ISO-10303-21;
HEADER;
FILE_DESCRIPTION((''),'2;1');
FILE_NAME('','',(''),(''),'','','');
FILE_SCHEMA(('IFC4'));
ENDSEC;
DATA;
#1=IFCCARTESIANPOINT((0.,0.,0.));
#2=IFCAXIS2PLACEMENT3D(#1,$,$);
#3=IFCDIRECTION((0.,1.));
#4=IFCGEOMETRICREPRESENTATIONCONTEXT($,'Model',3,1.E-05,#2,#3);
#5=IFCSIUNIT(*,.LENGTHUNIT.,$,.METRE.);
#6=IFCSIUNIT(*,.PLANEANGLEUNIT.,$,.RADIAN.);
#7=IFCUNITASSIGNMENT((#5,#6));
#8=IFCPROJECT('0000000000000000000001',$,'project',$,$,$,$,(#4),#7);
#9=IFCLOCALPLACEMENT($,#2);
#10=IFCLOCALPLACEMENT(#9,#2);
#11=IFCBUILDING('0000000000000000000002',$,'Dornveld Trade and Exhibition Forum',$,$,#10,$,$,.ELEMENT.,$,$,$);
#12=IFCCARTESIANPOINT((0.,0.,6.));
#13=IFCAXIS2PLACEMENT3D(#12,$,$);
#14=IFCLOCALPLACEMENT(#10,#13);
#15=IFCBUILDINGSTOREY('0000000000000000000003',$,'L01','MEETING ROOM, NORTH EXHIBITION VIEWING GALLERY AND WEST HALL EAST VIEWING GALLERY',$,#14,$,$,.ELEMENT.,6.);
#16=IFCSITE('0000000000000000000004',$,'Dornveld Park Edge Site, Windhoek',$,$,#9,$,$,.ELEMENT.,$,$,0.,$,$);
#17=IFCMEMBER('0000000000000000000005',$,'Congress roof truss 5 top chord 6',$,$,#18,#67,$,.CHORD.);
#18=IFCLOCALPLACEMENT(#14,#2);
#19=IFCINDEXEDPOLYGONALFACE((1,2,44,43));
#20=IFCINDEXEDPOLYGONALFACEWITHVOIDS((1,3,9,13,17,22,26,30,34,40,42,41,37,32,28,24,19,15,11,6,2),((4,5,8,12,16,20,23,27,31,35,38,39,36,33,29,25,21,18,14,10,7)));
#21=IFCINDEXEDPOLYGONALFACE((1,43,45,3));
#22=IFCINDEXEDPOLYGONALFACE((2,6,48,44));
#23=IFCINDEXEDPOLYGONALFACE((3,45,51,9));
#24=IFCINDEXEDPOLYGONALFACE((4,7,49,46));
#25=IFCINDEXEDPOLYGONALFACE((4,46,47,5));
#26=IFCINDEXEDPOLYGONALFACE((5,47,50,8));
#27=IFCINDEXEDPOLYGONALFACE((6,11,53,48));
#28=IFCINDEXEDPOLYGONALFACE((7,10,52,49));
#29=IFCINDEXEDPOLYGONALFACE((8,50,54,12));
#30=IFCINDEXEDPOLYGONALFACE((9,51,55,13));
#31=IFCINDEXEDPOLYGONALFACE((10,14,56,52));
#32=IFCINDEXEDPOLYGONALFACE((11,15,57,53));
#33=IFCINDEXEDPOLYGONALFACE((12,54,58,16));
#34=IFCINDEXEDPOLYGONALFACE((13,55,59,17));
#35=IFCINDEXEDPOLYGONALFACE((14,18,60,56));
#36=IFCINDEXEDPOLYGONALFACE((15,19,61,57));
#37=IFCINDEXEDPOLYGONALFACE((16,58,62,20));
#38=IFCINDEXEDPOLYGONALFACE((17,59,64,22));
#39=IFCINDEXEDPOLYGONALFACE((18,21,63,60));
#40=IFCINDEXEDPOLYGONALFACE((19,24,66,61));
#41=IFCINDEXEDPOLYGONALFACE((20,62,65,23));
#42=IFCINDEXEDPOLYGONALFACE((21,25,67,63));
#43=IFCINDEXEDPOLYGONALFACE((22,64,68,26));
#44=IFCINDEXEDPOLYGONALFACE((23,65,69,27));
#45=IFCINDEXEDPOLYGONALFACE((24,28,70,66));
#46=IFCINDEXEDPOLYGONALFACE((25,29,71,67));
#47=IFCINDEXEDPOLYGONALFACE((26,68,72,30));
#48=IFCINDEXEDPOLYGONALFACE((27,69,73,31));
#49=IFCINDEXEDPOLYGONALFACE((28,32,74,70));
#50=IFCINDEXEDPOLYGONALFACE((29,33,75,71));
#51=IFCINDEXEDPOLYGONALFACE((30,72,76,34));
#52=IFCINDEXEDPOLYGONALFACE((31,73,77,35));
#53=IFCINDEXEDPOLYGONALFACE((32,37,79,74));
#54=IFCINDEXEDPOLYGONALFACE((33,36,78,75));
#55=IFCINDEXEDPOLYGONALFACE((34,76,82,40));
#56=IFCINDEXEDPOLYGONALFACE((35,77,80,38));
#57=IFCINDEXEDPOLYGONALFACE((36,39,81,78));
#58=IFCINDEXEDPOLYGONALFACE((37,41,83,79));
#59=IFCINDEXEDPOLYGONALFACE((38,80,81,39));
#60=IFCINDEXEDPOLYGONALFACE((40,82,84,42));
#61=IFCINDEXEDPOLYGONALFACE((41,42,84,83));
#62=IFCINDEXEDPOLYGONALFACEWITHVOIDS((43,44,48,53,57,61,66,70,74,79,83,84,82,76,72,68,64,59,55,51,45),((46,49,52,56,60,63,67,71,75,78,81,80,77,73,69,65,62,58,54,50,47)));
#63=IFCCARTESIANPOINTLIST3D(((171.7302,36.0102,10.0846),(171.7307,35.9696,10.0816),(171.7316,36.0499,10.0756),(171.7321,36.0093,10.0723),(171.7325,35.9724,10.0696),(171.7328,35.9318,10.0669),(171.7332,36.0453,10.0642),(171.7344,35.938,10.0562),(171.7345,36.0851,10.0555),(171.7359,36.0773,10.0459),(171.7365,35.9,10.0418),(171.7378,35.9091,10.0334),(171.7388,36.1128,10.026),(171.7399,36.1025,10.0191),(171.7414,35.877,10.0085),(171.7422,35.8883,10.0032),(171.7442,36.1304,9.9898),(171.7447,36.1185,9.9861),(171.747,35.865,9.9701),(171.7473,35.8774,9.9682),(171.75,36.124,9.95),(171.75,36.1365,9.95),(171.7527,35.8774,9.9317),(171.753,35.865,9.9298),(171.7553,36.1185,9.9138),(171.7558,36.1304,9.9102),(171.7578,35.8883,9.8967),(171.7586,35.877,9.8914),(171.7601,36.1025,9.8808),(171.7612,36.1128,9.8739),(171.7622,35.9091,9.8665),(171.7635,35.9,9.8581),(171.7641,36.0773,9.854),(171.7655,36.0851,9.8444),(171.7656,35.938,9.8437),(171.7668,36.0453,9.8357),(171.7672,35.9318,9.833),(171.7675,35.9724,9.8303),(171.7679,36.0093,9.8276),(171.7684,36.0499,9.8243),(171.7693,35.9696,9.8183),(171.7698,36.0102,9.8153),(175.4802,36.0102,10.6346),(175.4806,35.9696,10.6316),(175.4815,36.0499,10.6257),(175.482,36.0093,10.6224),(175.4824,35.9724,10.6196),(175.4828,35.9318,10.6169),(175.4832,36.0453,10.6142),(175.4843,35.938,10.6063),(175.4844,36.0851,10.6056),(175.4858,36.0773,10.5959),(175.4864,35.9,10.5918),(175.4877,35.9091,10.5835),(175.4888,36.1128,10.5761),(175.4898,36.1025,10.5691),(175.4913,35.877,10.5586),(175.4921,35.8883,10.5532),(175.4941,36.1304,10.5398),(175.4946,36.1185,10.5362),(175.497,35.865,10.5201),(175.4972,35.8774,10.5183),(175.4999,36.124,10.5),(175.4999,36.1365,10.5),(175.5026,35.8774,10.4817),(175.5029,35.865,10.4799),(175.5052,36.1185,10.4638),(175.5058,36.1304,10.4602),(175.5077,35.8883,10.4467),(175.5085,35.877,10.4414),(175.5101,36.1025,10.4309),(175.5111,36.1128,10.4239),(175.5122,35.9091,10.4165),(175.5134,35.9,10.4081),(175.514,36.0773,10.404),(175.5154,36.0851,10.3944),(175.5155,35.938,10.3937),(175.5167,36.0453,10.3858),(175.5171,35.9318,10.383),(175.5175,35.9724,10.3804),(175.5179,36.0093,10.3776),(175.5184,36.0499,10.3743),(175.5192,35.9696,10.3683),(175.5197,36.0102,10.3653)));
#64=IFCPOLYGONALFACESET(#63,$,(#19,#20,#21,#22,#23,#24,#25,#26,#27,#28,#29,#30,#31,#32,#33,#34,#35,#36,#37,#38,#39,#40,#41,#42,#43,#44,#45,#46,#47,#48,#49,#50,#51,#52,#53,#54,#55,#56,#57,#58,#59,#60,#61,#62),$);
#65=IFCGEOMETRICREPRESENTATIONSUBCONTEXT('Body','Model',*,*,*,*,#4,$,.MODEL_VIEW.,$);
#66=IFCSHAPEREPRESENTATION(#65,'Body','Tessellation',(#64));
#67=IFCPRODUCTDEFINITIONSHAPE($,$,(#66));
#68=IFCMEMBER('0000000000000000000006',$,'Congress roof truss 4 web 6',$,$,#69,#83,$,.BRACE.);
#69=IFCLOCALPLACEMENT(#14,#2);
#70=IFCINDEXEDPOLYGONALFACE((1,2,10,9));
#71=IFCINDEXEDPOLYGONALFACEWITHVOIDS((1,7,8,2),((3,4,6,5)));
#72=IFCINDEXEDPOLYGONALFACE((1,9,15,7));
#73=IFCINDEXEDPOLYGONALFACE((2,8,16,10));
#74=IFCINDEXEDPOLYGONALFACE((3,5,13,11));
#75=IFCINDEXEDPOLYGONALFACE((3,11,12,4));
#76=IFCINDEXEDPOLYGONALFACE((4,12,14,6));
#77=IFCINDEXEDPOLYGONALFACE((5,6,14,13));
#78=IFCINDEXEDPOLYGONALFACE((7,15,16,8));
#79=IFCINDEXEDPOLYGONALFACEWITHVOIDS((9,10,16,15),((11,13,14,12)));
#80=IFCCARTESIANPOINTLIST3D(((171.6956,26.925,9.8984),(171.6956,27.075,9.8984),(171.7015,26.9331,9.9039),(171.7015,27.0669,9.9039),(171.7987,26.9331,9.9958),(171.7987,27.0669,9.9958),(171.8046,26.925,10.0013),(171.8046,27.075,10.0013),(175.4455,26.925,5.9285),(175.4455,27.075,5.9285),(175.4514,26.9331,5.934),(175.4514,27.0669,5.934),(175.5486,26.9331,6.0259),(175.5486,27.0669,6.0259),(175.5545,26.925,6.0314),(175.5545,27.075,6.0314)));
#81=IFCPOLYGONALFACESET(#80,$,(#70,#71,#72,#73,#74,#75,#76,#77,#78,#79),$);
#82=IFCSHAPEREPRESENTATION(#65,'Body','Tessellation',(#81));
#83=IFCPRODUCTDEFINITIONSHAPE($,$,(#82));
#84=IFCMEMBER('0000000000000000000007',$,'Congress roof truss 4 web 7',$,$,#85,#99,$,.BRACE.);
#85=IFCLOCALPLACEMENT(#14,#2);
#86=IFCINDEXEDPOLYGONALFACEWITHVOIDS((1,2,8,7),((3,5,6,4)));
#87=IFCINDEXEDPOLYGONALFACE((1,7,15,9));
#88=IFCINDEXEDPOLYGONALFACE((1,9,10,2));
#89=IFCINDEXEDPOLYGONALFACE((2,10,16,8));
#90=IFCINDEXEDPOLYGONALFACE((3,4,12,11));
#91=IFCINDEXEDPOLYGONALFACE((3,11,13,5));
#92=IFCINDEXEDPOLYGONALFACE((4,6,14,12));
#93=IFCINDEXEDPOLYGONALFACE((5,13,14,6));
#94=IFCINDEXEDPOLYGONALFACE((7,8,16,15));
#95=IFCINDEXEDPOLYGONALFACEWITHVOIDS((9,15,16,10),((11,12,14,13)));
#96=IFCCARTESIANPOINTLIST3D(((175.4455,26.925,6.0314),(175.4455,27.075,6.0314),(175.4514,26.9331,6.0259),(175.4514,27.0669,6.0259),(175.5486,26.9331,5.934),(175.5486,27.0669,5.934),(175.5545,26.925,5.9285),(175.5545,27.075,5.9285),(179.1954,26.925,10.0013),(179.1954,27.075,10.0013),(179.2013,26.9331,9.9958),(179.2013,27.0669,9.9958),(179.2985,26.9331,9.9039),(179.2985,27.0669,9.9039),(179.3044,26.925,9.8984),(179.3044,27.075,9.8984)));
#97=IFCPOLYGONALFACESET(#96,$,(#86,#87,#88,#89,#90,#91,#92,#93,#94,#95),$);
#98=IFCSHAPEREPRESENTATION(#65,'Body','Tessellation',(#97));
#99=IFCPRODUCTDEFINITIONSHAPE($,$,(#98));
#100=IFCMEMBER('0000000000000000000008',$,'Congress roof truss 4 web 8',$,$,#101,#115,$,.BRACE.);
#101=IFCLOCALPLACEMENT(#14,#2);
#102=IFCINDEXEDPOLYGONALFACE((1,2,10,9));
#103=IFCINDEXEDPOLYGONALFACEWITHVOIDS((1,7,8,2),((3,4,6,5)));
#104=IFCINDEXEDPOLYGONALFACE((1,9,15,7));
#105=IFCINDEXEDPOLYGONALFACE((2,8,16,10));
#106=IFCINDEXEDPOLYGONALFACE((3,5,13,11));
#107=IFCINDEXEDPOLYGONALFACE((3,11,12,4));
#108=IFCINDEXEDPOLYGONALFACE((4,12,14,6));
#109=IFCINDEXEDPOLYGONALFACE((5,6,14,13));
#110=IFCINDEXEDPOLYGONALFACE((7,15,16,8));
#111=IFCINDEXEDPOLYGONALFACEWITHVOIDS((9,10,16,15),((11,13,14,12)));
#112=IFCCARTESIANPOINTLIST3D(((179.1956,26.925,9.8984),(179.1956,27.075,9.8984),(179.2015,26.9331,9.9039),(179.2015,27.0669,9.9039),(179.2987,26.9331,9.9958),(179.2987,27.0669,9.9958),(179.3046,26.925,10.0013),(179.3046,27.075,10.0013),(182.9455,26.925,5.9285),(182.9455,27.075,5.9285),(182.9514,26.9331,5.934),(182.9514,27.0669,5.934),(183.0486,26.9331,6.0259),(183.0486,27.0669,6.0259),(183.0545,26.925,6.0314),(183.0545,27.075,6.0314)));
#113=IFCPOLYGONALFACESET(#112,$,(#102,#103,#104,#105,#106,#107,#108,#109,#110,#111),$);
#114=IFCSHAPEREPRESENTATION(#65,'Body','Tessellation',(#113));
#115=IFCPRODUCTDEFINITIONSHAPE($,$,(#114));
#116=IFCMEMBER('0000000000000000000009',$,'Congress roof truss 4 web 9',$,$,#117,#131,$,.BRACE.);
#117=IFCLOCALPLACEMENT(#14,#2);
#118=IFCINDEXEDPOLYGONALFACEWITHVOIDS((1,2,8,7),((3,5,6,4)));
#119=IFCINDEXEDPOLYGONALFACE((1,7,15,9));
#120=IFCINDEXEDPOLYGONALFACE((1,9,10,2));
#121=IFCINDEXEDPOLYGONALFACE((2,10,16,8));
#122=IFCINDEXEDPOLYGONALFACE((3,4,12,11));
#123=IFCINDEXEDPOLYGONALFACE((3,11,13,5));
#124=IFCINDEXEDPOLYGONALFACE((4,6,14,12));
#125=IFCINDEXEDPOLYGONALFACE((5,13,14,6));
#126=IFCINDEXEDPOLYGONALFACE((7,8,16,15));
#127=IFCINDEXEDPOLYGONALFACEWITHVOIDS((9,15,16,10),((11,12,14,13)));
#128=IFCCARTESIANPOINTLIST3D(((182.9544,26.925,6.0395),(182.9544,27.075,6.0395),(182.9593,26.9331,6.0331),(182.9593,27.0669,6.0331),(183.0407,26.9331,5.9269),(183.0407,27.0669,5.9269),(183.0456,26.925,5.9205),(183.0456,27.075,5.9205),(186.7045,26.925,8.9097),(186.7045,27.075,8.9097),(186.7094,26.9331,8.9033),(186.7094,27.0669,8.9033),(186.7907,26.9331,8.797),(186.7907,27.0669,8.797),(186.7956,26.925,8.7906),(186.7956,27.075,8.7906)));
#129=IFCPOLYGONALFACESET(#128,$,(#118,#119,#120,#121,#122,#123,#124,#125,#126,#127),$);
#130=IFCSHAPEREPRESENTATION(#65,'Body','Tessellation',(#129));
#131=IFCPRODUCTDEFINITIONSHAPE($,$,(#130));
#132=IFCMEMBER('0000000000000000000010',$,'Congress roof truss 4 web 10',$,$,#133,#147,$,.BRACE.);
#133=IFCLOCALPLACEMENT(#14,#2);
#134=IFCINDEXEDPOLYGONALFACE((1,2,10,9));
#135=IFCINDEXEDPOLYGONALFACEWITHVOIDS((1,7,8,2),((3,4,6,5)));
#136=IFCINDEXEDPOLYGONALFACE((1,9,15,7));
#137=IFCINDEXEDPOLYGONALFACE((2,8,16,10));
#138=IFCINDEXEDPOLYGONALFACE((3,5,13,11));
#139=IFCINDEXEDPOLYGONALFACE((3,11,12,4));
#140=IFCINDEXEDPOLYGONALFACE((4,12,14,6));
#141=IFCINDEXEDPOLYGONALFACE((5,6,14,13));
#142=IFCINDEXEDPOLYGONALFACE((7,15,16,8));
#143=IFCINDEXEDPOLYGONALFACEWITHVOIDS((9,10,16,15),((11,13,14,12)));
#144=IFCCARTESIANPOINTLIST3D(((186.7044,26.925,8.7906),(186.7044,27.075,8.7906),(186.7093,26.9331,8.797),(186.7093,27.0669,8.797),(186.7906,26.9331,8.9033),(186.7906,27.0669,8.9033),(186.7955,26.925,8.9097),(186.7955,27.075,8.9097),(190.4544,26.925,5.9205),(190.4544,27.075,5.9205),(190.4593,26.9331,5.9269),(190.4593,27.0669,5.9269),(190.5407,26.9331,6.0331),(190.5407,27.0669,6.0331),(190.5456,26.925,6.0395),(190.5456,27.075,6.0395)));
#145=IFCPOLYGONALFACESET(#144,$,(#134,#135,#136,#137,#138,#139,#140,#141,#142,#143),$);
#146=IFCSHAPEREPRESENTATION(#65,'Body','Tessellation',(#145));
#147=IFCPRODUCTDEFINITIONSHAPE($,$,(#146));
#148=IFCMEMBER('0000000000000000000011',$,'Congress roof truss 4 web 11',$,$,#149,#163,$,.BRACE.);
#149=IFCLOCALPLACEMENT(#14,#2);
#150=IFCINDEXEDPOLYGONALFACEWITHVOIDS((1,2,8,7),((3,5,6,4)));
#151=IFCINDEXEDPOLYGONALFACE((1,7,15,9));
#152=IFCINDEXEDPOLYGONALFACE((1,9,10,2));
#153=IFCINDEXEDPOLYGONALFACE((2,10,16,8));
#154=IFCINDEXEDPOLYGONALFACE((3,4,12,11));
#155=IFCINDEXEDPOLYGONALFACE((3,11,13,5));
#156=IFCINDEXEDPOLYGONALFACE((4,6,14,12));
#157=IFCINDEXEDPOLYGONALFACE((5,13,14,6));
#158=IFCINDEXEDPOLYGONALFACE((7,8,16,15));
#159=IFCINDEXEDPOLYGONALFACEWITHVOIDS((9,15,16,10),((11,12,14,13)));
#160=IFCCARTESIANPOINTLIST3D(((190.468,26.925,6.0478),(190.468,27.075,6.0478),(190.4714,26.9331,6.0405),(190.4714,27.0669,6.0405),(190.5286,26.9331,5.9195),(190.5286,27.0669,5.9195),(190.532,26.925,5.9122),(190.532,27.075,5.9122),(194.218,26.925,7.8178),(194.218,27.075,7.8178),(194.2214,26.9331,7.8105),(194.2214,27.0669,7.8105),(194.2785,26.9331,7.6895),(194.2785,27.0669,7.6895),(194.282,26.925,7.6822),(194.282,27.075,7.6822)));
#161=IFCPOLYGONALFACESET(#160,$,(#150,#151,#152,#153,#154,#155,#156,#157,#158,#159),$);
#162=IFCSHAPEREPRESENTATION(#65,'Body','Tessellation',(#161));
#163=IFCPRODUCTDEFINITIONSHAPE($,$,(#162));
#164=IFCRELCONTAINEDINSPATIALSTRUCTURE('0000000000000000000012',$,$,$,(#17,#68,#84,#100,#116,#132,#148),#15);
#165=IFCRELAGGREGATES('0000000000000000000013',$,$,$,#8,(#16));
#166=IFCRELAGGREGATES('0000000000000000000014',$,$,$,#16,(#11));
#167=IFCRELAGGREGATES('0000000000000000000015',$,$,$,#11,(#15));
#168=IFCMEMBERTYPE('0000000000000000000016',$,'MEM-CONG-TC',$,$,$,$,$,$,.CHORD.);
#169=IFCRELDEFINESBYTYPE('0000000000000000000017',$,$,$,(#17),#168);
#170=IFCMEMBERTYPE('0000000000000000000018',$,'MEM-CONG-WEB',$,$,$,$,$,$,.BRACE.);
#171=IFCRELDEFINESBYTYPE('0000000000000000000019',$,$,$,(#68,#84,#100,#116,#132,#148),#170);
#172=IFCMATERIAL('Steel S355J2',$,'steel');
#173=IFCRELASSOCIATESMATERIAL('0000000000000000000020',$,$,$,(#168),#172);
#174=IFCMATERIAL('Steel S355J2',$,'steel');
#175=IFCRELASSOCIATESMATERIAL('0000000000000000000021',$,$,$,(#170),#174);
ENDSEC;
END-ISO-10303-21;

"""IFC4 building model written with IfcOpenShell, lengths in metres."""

from ifc_helpers import new_model, si_unit, direction, frame, origin, origin_2d, place, context, subcontext, project, spatial, hollow_rectangle, hollow_circle, extrude, material, material_profile, profile_set, type_object, element, save


model = new_model("IFC4")

# Units and contexts
model_context = context("Model", 3, precision=1e-05, world=origin(), true_north=direction((0.0, 1.0)))
body_context = subcontext(model_context, "Body", "Model", "MODEL_VIEW")
ifc_project = project(units=[si_unit("LENGTHUNIT", "METRE"), si_unit("PLANEANGLEUNIT", "RADIAN")], contexts=[model_context])

# Site, building, storey
site_placement = place(None, origin())
site = spatial("IfcSite", under=ifc_project, at=site_placement, Name="Dornveld Park Edge Site, Windhoek", CompositionType="ELEMENT", RefElevation=0.0)
building_placement = place(site_placement, origin())
building = spatial("IfcBuilding", under=site, at=building_placement, Name="Dornveld Trade and Exhibition Forum", CompositionType="ELEMENT")
storey_placement = place(building_placement, frame((0.0, 0.0, 6.0)))
storey = spatial("IfcBuildingStorey", under=building, at=storey_placement, Name="L01", Description="MEETING ROOM, NORTH EXHIBITION VIEWING GALLERY AND WEST HALL EAST VIEWING GALLERY", CompositionType="ELEMENT", Elevation=6.0)

# Members
ifc_material_1 = material(Name="Steel S355J2", Category="steel")
ifc_material_profile_1 = material_profile(ifc_material_1, hollow_circle(Radius=0.1365, WallThickness=0.0125, at=origin_2d()), Name="CHS 273x12.5")
ifc_profile_set_1 = profile_set([ifc_material_profile_1], Name="Steel S355J2")
member_type_1 = type_object("IfcMemberType", Name="MEM-CONG-TC", PredefinedType="CHORD", material=ifc_profile_set_1)
for number, where, z_axis, x_axis, name in (
    (1, (171.75, 36.0, 9.95), (0.989413, 0.0, 0.145127), (0.0, 1.0, 0.0), "Congress roof truss 5 top chord 6"),
):
    element("IfcMember", number, at=place(storey_placement, frame(where, z_axis=z_axis, x_axis=x_axis)), inside=storey, type_object=member_type_1, Name=name, PredefinedType="CHORD", context=body_context, shape_type="SweptSolid", body=[
        extrude(hollow_circle(Radius=0.1365, WallThickness=0.0125, at=origin_2d()), origin(), (0.0, 0.0, 1.0), 3.79),
    ])
ifc_material_2 = material(Name="Steel S355J2", Category="steel")
ifc_material_profile_2 = material_profile(ifc_material_2, hollow_rectangle(XDim=0.1499, YDim=0.1499, WallThickness=0.0081, at=origin_2d()), Name="SHS 150x150x8")
ifc_profile_set_2 = profile_set([ifc_material_profile_2], Name="Steel S355J2")
member_type_2 = type_object("IfcMemberType", Name="MEM-CONG-WEB", PredefinedType="BRACE", material=ifc_profile_set_2)
for number, where, z_axis, x_axis, name in (
    (2, (175.5, 27.0, 5.98), (-0.68668, 0.0, 0.72696), (0.0, -1.0, 0.0), "Congress roof truss 4 web 6"),
    (3, (175.5, 27.0, 5.98), (0.68668, 0.0, 0.72696), (0.0, 1.0, 0.0), "Congress roof truss 4 web 7"),
    (4, (183.0, 27.0, 5.98), (-0.68668, 0.0, 0.72696), (0.0, -1.0, 0.0), "Congress roof truss 4 web 8"),
):
    element("IfcMember", number, at=place(storey_placement, frame(where, z_axis=z_axis, x_axis=x_axis)), inside=storey, type_object=member_type_2, Name=name, PredefinedType="BRACE", context=body_context, shape_type="SweptSolid", body=[
        extrude(hollow_rectangle(XDim=0.1499, YDim=0.1499, WallThickness=0.0081, at=origin_2d()), origin(), (0.0, 0.0, 1.0), 5.4609),
    ])
for number, where, z_axis, x_axis, name in (
    (5, (183.0, 27.0, 5.98), (0.794105, 0.0, 0.60778), (0.0, 1.0, 0.0), "Congress roof truss 4 web 9"),
    (6, (190.5, 27.0, 5.98), (-0.794105, 0.0, 0.60778), (0.0, -1.0, 0.0), "Congress roof truss 4 web 10"),
):
    element("IfcMember", number, at=place(storey_placement, frame(where, z_axis=z_axis, x_axis=x_axis)), inside=storey, type_object=member_type_2, Name=name, PredefinedType="BRACE", context=body_context, shape_type="SweptSolid", body=[
        extrude(hollow_rectangle(XDim=0.1499, YDim=0.1499, WallThickness=0.0081, at=origin_2d()), origin(), (0.0, 0.0, 1.0), 4.7224),
    ])
member_1_placement = place(storey_placement, frame((190.5, 27.0, 5.98), z_axis=(0.904324, 0.0, 0.426846), x_axis=(0.0, 1.0, 0.0)))
element("IfcMember", 7, at=member_1_placement, inside=storey, type_object=member_type_2, Name="Congress roof truss 4 web 11", PredefinedType="BRACE", context=body_context, shape_type="SweptSolid", body=[
    extrude(hollow_rectangle(XDim=0.1499, YDim=0.1499, WallThickness=0.0081, at=origin_2d()), origin(), (0.0, 0.0, 1.0), 4.1467),
])

save(model, "model.ifc")
